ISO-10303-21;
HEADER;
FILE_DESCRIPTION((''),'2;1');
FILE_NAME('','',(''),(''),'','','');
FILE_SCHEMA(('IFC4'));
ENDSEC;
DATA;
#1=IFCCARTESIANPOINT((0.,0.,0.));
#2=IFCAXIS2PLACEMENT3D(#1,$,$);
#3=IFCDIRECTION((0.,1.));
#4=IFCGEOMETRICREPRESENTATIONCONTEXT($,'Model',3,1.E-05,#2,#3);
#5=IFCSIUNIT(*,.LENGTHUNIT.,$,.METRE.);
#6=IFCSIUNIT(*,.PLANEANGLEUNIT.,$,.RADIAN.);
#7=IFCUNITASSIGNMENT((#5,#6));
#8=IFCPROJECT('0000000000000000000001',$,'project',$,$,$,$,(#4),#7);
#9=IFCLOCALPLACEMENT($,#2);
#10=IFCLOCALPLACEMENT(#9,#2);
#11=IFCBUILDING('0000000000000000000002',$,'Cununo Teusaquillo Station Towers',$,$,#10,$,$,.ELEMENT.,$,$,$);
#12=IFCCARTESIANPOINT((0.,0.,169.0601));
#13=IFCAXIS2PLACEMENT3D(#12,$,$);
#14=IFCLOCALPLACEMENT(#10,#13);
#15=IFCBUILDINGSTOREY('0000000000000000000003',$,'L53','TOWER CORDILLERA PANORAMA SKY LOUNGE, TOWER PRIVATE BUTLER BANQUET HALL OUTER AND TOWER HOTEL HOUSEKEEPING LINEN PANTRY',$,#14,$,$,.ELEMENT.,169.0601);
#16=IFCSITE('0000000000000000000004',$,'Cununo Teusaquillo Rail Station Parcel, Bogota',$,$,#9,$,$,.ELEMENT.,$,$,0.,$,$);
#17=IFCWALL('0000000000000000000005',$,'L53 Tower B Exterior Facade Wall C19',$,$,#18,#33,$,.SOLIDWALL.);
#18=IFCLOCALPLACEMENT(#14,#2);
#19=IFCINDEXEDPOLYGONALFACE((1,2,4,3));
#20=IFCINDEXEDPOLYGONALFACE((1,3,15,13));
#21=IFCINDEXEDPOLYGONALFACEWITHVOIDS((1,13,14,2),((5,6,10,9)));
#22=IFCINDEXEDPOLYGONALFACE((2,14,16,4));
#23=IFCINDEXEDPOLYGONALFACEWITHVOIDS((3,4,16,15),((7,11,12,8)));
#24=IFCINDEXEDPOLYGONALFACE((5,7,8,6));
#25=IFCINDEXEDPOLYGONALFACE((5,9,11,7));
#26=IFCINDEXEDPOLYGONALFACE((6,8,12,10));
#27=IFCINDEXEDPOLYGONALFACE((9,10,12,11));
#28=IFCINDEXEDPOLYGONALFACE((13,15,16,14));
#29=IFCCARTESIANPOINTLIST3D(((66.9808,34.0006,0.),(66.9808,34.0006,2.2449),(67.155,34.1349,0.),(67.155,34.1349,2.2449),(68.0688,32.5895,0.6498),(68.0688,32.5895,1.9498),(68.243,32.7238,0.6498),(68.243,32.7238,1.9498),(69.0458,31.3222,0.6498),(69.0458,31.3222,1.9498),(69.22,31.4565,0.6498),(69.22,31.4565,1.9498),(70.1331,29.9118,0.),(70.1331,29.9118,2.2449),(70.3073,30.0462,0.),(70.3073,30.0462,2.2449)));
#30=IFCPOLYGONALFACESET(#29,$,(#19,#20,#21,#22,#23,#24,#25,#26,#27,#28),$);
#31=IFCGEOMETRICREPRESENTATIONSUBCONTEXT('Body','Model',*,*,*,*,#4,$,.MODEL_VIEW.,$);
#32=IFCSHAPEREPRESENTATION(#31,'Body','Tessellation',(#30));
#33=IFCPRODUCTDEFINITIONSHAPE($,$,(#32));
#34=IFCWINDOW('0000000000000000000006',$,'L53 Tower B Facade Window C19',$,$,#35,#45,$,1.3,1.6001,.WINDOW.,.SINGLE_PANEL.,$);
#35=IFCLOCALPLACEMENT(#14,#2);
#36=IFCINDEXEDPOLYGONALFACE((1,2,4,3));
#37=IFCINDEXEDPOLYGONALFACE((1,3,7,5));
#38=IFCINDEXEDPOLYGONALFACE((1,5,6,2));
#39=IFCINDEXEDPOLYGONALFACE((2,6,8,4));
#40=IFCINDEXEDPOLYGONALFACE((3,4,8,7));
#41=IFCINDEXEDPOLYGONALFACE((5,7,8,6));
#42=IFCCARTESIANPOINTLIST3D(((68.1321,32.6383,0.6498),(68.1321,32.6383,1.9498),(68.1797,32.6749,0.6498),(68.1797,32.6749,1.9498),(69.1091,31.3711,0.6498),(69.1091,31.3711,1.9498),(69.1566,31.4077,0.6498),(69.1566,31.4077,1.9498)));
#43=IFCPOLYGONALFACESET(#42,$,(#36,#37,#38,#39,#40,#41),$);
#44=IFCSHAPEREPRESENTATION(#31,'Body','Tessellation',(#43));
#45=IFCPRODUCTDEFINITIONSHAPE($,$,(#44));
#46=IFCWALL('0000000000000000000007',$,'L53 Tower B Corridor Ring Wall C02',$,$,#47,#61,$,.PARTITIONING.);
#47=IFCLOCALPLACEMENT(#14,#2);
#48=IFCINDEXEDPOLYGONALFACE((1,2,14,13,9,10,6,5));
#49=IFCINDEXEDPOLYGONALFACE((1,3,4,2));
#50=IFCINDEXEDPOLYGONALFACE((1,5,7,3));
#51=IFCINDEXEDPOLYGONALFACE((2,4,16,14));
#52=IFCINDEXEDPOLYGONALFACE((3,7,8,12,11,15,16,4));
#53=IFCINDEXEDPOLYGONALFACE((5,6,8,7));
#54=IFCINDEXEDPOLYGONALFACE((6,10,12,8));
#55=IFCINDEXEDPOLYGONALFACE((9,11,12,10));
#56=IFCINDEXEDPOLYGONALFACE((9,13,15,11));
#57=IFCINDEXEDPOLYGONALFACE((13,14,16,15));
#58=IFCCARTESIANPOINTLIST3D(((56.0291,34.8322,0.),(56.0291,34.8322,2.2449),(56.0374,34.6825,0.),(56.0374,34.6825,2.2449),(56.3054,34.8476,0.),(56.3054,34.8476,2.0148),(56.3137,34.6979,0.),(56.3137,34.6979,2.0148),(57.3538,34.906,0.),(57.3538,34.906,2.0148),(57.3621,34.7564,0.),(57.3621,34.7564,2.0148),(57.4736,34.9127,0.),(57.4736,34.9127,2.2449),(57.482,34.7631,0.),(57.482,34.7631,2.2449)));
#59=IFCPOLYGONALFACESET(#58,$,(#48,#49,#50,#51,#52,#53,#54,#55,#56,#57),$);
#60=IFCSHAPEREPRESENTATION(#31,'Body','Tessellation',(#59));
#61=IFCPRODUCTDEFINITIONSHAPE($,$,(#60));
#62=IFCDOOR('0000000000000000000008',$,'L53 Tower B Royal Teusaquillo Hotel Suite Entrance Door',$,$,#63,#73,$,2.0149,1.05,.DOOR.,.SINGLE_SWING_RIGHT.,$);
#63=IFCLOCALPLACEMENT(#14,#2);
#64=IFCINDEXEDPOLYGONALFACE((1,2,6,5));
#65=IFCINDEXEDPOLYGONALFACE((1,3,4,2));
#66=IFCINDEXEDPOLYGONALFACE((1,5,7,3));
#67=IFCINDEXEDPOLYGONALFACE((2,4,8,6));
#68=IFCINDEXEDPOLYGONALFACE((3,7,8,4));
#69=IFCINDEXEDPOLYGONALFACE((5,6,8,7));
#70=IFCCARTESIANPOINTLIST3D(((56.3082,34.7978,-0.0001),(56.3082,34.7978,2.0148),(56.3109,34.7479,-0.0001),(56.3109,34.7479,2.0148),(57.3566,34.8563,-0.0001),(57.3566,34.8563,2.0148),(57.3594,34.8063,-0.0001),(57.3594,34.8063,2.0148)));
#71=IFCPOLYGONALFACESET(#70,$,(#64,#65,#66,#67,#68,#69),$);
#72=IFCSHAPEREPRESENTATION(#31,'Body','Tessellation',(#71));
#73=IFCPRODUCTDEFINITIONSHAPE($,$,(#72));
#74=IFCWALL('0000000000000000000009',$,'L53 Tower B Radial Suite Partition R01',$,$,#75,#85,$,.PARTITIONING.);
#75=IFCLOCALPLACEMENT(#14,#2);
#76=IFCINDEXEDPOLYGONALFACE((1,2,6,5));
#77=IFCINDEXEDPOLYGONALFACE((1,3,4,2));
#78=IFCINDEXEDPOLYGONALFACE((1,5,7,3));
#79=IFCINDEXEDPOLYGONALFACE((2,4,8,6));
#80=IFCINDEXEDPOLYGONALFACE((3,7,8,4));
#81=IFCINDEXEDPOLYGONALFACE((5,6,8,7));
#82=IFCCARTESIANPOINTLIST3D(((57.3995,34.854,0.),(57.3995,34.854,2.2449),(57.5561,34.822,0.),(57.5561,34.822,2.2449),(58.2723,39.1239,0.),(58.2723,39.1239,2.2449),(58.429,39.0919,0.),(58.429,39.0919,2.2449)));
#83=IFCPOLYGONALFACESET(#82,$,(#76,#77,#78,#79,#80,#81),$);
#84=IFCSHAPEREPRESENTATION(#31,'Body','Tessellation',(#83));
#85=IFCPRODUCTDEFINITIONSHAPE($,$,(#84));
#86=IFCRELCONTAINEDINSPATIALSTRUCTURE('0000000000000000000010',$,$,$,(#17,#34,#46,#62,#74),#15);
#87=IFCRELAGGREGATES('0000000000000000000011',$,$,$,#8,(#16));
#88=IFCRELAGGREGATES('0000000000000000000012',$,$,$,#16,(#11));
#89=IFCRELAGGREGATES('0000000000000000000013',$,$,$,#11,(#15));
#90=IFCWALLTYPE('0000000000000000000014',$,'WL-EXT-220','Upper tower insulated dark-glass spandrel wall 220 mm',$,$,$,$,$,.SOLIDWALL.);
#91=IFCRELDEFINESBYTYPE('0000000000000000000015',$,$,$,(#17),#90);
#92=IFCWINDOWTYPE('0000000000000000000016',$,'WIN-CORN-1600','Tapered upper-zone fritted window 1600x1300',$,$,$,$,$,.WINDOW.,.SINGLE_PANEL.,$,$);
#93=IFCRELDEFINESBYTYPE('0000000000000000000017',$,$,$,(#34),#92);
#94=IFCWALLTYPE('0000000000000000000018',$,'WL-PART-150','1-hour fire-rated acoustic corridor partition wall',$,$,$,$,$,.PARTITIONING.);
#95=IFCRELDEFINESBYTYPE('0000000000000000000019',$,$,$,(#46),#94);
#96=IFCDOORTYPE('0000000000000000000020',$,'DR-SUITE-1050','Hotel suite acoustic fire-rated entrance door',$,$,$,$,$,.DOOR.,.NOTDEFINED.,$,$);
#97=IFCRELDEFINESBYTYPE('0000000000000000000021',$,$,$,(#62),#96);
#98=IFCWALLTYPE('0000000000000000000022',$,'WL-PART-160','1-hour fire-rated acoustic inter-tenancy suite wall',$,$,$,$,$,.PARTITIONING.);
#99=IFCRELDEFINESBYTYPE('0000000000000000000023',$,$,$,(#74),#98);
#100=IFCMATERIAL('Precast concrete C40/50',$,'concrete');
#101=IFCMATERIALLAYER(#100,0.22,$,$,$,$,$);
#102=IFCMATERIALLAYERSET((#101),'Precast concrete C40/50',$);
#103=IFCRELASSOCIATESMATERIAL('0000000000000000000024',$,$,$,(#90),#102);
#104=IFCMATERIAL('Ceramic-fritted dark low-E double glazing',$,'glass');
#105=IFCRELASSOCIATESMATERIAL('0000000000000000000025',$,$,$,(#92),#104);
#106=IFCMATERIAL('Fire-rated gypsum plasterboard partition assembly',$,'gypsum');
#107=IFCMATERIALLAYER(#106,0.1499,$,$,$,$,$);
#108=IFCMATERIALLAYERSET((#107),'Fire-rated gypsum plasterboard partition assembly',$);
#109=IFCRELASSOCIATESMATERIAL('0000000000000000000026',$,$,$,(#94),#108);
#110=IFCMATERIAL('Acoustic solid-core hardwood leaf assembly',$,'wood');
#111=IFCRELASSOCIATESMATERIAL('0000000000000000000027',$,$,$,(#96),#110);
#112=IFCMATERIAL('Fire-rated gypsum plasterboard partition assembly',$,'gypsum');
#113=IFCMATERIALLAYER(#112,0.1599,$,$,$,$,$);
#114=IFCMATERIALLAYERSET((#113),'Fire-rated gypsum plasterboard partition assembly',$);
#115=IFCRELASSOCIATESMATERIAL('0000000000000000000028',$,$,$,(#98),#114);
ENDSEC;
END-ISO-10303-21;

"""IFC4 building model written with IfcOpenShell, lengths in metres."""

from ifc_helpers import new_model, si_unit, direction, frame, frame_2d, origin, place, context, subcontext, project, spatial, rectangle, extrude, source, transform, mapped, material, layer, layer_set, type_object, element, fill, save


model = new_model("IFC4")

# Units and contexts
model_context = context("Model", 3, precision=1e-05, world=origin(), true_north=direction((0.0, 1.0)))
body_context = subcontext(model_context, "Body", "Model", "MODEL_VIEW")
ifc_project = project(units=[si_unit("LENGTHUNIT", "METRE"), si_unit("PLANEANGLEUNIT", "RADIAN")], contexts=[model_context])

# Site, building, storey
site_placement = place(None, origin())
site = spatial("IfcSite", under=ifc_project, at=site_placement, Name="Cununo Teusaquillo Rail Station Parcel, Bogota", CompositionType="ELEMENT", RefElevation=0.0)
building_placement = place(site_placement, origin())
building = spatial("IfcBuilding", under=site, at=building_placement, Name="Cununo Teusaquillo Station Towers", CompositionType="ELEMENT")
storey_placement = place(building_placement, frame((0.0, 0.0, 169.0601)))
storey = spatial("IfcBuildingStorey", under=building, at=storey_placement, Name="L53", Description="TOWER CORDILLERA PANORAMA SKY LOUNGE, TOWER PRIVATE BUTLER BANQUET HALL OUTER AND TOWER HOTEL HOUSEKEEPING LINEN PANTRY", CompositionType="ELEMENT", Elevation=169.0601)

# Shared definitions
ifc_material_1 = material(Name="Precast concrete C40/50", Category="concrete")
ifc_layer_1 = layer(ifc_material_1, 0.22)
ifc_layer_set_1 = layer_set([ifc_layer_1], Name="Precast concrete C40/50")
wall_type_1 = type_object("IfcWallType", Name="WL-EXT-220", Description="Upper tower insulated dark-glass spandrel wall 220 mm", PredefinedType="SOLIDWALL", material=ifc_layer_set_1)

# Wall, opening, window
wall_1_placement = place(storey_placement, frame((67.0679, 34.0679, 0.0), z_axis=(0.0, 0.0, 1.0), x_axis=(0.61057, -0.791963, 0.0)))
wall_1 = element("IfcWall", 1, at=wall_1_placement, inside=storey, type_object=wall_type_1, Name="L53 Tower B Exterior Facade Wall C19", PredefinedType="SOLIDWALL", context=body_context, shape_type="SweptSolid", body=[
    extrude(rectangle(XDim=5.1628, YDim=0.22, at=frame_2d((2.5815, 0.0))), origin(), (0.0, 0.0, 1.0), 2.2449),
])
shared_shape_1 = source(origin(), body_context, "Body", "SweptSolid", [
    extrude(rectangle(XDim=1.6001, YDim=1.3, at=frame_2d((0.8, 0.6499))), frame((0.0, 0.1199, 0.0), z_axis=(0.0, -1.0, 0.0), x_axis=(1.0, 0.0, 0.0)), (0.0, 0.0, 1.0), 0.24),
])
opening_1_placement = place(wall_1_placement, frame((1.782, 0.0, 0.6499)))
opening_1 = element("IfcOpeningElement", 2, at=opening_1_placement, cuts=wall_1, PredefinedType="OPENING", context=body_context, shape_type="MappedRepresentation", body=[
    mapped(shared_shape_1, transform((0.0, 0.0, 0.0), x_axis=(1.0, 0.0, 0.0), y_axis=(0.0, 1.0, 0.0), z_axis=(0.0, 0.0, 1.0), scale=1.0)),
])
ifc_material_2 = material(Name="Ceramic-fritted dark low-E double glazing", Category="glass")
window_type = type_object("IfcWindowType", Name="WIN-CORN-1600", Description="Tapered upper-zone fritted window 1600x1300", PartitioningType="SINGLE_PANEL", PredefinedType="WINDOW", material=ifc_material_2)
shared_shape_2 = source(origin(), body_context, "Body", "SweptSolid", [
    extrude(rectangle(XDim=1.6001, YDim=1.3, at=frame_2d((0.8, 0.6499))), frame((0.0, 0.03, 0.0), z_axis=(0.0, -1.0, 0.0), x_axis=(1.0, 0.0, 0.0)), (0.0, 0.0, 1.0), 0.0601),
])
window_placement = place(opening_1_placement, origin())
window = element("IfcWindow", 3, at=window_placement, inside=storey, type_object=window_type, Name="L53 Tower B Facade Window C19", OverallHeight=1.3, OverallWidth=1.6001, PartitioningType="SINGLE_PANEL", PredefinedType="WINDOW", context=body_context, shape_type="MappedRepresentation", body=[
    mapped(shared_shape_2, transform((0.0, 0.0, 0.0), x_axis=(1.0, 0.0, 0.0), y_axis=(0.0, 1.0, 0.0), z_axis=(0.0, 0.0, 1.0), scale=1.0)),
])
fill(opening_1, window)

# Wall, opening, door
ifc_material_3 = material(Name="Fire-rated gypsum plasterboard partition assembly", Category="gypsum")
ifc_layer_2 = layer(ifc_material_3, 0.1499)
ifc_layer_set_2 = layer_set([ifc_layer_2], Name="Fire-rated gypsum plasterboard partition assembly")
wall_type_2 = type_object("IfcWallType", Name="WL-PART-150", Description="1-hour fire-rated acoustic corridor partition wall", PredefinedType="PARTITIONING", material=ifc_layer_set_2)
wall_2_placement = place(storey_placement, frame((57.4778, 34.8379, 0.0), z_axis=(0.0, 0.0, 1.0), x_axis=(-0.998448, -0.055685, 0.0)))
wall_2 = element("IfcWall", 4, at=wall_2_placement, inside=storey, type_object=wall_type_2, Name="L53 Tower B Corridor Ring Wall C02", PredefinedType="PARTITIONING", context=body_context, shape_type="SweptSolid", body=[
    extrude(rectangle(XDim=1.4468, YDim=0.1499, at=frame_2d((0.7234, 0.0))), origin(), (0.0, 0.0, 1.0), 2.2449),
])
shared_shape_3 = source(origin(), body_context, "Body", "SweptSolid", [
    extrude(rectangle(XDim=1.05, YDim=2.0149, at=frame_2d((0.5249, 1.0073))), frame((0.0, 0.085, 0.0), z_axis=(0.0, -1.0, 0.0), x_axis=(1.0, 0.0, 0.0)), (0.0, 0.0, 1.0), 0.1699),
])
opening_2_placement = place(wall_2_placement, frame((0.1201, 0.0, 0.0)))
opening_2 = element("IfcOpeningElement", 5, at=opening_2_placement, cuts=wall_2, PredefinedType="OPENING", context=body_context, shape_type="MappedRepresentation", body=[
    mapped(shared_shape_3, transform((0.0, 0.0, 0.0), x_axis=(1.0, 0.0, 0.0), y_axis=(0.0, 1.0, 0.0), z_axis=(0.0, 0.0, 1.0), scale=1.0)),
])
ifc_material_4 = material(Name="Acoustic solid-core hardwood leaf assembly", Category="wood")
door_type = type_object("IfcDoorType", Name="DR-SUITE-1050", Description="Hotel suite acoustic fire-rated entrance door", OperationType="NOTDEFINED", PredefinedType="DOOR", material=ifc_material_4)
shared_shape_4 = source(origin(), body_context, "Body", "SweptSolid", [
    extrude(rectangle(XDim=1.05, YDim=2.0149, at=frame_2d((0.5249, 1.0073))), frame((0.0, 0.0249, 0.0), z_axis=(0.0, -1.0, 0.0), x_axis=(1.0, 0.0, 0.0)), (0.0, 0.0, 1.0), 0.05),
])
door_placement = place(opening_2_placement, origin())
door = element("IfcDoor", 6, at=door_placement, inside=storey, type_object=door_type, Name="L53 Tower B Royal Teusaquillo Hotel Suite Entrance Door", OperationType="SINGLE_SWING_RIGHT", OverallHeight=2.0149, OverallWidth=1.05, PredefinedType="DOOR", context=body_context, shape_type="MappedRepresentation", body=[
    mapped(shared_shape_4, transform((0.0, 0.0, 0.0), x_axis=(1.0, 0.0, 0.0), y_axis=(0.0, 1.0, 0.0), z_axis=(0.0, 0.0, 1.0), scale=1.0)),
])
fill(opening_2, door)

# Wall
ifc_material_5 = material(Name="Fire-rated gypsum plasterboard partition assembly", Category="gypsum")
ifc_layer_3 = layer(ifc_material_5, 0.1599)
ifc_layer_set_3 = layer_set([ifc_layer_3], Name="Fire-rated gypsum plasterboard partition assembly")
wall_type_3 = type_object("IfcWallType", Name="WL-PART-160", Description="1-hour fire-rated acoustic inter-tenancy suite wall", PredefinedType="PARTITIONING", material=ifc_layer_set_3)
wall_3_placement = place(storey_placement, frame((57.4778, 34.8379, 0.0), z_axis=(0.0, 0.0, 1.0), x_axis=(0.200273, 0.97974, 0.0)))
element("IfcWall", 7, at=wall_3_placement, inside=storey, type_object=wall_type_3, Name="L53 Tower B Radial Suite Partition R01", PredefinedType="PARTITIONING", context=body_context, shape_type="SweptSolid", body=[
    extrude(rectangle(XDim=4.3582, YDim=0.1599, at=frame_2d((2.1792, 0.0))), origin(), (0.0, 0.0, 1.0), 2.2449),
])

save(model, "model.ifc")
